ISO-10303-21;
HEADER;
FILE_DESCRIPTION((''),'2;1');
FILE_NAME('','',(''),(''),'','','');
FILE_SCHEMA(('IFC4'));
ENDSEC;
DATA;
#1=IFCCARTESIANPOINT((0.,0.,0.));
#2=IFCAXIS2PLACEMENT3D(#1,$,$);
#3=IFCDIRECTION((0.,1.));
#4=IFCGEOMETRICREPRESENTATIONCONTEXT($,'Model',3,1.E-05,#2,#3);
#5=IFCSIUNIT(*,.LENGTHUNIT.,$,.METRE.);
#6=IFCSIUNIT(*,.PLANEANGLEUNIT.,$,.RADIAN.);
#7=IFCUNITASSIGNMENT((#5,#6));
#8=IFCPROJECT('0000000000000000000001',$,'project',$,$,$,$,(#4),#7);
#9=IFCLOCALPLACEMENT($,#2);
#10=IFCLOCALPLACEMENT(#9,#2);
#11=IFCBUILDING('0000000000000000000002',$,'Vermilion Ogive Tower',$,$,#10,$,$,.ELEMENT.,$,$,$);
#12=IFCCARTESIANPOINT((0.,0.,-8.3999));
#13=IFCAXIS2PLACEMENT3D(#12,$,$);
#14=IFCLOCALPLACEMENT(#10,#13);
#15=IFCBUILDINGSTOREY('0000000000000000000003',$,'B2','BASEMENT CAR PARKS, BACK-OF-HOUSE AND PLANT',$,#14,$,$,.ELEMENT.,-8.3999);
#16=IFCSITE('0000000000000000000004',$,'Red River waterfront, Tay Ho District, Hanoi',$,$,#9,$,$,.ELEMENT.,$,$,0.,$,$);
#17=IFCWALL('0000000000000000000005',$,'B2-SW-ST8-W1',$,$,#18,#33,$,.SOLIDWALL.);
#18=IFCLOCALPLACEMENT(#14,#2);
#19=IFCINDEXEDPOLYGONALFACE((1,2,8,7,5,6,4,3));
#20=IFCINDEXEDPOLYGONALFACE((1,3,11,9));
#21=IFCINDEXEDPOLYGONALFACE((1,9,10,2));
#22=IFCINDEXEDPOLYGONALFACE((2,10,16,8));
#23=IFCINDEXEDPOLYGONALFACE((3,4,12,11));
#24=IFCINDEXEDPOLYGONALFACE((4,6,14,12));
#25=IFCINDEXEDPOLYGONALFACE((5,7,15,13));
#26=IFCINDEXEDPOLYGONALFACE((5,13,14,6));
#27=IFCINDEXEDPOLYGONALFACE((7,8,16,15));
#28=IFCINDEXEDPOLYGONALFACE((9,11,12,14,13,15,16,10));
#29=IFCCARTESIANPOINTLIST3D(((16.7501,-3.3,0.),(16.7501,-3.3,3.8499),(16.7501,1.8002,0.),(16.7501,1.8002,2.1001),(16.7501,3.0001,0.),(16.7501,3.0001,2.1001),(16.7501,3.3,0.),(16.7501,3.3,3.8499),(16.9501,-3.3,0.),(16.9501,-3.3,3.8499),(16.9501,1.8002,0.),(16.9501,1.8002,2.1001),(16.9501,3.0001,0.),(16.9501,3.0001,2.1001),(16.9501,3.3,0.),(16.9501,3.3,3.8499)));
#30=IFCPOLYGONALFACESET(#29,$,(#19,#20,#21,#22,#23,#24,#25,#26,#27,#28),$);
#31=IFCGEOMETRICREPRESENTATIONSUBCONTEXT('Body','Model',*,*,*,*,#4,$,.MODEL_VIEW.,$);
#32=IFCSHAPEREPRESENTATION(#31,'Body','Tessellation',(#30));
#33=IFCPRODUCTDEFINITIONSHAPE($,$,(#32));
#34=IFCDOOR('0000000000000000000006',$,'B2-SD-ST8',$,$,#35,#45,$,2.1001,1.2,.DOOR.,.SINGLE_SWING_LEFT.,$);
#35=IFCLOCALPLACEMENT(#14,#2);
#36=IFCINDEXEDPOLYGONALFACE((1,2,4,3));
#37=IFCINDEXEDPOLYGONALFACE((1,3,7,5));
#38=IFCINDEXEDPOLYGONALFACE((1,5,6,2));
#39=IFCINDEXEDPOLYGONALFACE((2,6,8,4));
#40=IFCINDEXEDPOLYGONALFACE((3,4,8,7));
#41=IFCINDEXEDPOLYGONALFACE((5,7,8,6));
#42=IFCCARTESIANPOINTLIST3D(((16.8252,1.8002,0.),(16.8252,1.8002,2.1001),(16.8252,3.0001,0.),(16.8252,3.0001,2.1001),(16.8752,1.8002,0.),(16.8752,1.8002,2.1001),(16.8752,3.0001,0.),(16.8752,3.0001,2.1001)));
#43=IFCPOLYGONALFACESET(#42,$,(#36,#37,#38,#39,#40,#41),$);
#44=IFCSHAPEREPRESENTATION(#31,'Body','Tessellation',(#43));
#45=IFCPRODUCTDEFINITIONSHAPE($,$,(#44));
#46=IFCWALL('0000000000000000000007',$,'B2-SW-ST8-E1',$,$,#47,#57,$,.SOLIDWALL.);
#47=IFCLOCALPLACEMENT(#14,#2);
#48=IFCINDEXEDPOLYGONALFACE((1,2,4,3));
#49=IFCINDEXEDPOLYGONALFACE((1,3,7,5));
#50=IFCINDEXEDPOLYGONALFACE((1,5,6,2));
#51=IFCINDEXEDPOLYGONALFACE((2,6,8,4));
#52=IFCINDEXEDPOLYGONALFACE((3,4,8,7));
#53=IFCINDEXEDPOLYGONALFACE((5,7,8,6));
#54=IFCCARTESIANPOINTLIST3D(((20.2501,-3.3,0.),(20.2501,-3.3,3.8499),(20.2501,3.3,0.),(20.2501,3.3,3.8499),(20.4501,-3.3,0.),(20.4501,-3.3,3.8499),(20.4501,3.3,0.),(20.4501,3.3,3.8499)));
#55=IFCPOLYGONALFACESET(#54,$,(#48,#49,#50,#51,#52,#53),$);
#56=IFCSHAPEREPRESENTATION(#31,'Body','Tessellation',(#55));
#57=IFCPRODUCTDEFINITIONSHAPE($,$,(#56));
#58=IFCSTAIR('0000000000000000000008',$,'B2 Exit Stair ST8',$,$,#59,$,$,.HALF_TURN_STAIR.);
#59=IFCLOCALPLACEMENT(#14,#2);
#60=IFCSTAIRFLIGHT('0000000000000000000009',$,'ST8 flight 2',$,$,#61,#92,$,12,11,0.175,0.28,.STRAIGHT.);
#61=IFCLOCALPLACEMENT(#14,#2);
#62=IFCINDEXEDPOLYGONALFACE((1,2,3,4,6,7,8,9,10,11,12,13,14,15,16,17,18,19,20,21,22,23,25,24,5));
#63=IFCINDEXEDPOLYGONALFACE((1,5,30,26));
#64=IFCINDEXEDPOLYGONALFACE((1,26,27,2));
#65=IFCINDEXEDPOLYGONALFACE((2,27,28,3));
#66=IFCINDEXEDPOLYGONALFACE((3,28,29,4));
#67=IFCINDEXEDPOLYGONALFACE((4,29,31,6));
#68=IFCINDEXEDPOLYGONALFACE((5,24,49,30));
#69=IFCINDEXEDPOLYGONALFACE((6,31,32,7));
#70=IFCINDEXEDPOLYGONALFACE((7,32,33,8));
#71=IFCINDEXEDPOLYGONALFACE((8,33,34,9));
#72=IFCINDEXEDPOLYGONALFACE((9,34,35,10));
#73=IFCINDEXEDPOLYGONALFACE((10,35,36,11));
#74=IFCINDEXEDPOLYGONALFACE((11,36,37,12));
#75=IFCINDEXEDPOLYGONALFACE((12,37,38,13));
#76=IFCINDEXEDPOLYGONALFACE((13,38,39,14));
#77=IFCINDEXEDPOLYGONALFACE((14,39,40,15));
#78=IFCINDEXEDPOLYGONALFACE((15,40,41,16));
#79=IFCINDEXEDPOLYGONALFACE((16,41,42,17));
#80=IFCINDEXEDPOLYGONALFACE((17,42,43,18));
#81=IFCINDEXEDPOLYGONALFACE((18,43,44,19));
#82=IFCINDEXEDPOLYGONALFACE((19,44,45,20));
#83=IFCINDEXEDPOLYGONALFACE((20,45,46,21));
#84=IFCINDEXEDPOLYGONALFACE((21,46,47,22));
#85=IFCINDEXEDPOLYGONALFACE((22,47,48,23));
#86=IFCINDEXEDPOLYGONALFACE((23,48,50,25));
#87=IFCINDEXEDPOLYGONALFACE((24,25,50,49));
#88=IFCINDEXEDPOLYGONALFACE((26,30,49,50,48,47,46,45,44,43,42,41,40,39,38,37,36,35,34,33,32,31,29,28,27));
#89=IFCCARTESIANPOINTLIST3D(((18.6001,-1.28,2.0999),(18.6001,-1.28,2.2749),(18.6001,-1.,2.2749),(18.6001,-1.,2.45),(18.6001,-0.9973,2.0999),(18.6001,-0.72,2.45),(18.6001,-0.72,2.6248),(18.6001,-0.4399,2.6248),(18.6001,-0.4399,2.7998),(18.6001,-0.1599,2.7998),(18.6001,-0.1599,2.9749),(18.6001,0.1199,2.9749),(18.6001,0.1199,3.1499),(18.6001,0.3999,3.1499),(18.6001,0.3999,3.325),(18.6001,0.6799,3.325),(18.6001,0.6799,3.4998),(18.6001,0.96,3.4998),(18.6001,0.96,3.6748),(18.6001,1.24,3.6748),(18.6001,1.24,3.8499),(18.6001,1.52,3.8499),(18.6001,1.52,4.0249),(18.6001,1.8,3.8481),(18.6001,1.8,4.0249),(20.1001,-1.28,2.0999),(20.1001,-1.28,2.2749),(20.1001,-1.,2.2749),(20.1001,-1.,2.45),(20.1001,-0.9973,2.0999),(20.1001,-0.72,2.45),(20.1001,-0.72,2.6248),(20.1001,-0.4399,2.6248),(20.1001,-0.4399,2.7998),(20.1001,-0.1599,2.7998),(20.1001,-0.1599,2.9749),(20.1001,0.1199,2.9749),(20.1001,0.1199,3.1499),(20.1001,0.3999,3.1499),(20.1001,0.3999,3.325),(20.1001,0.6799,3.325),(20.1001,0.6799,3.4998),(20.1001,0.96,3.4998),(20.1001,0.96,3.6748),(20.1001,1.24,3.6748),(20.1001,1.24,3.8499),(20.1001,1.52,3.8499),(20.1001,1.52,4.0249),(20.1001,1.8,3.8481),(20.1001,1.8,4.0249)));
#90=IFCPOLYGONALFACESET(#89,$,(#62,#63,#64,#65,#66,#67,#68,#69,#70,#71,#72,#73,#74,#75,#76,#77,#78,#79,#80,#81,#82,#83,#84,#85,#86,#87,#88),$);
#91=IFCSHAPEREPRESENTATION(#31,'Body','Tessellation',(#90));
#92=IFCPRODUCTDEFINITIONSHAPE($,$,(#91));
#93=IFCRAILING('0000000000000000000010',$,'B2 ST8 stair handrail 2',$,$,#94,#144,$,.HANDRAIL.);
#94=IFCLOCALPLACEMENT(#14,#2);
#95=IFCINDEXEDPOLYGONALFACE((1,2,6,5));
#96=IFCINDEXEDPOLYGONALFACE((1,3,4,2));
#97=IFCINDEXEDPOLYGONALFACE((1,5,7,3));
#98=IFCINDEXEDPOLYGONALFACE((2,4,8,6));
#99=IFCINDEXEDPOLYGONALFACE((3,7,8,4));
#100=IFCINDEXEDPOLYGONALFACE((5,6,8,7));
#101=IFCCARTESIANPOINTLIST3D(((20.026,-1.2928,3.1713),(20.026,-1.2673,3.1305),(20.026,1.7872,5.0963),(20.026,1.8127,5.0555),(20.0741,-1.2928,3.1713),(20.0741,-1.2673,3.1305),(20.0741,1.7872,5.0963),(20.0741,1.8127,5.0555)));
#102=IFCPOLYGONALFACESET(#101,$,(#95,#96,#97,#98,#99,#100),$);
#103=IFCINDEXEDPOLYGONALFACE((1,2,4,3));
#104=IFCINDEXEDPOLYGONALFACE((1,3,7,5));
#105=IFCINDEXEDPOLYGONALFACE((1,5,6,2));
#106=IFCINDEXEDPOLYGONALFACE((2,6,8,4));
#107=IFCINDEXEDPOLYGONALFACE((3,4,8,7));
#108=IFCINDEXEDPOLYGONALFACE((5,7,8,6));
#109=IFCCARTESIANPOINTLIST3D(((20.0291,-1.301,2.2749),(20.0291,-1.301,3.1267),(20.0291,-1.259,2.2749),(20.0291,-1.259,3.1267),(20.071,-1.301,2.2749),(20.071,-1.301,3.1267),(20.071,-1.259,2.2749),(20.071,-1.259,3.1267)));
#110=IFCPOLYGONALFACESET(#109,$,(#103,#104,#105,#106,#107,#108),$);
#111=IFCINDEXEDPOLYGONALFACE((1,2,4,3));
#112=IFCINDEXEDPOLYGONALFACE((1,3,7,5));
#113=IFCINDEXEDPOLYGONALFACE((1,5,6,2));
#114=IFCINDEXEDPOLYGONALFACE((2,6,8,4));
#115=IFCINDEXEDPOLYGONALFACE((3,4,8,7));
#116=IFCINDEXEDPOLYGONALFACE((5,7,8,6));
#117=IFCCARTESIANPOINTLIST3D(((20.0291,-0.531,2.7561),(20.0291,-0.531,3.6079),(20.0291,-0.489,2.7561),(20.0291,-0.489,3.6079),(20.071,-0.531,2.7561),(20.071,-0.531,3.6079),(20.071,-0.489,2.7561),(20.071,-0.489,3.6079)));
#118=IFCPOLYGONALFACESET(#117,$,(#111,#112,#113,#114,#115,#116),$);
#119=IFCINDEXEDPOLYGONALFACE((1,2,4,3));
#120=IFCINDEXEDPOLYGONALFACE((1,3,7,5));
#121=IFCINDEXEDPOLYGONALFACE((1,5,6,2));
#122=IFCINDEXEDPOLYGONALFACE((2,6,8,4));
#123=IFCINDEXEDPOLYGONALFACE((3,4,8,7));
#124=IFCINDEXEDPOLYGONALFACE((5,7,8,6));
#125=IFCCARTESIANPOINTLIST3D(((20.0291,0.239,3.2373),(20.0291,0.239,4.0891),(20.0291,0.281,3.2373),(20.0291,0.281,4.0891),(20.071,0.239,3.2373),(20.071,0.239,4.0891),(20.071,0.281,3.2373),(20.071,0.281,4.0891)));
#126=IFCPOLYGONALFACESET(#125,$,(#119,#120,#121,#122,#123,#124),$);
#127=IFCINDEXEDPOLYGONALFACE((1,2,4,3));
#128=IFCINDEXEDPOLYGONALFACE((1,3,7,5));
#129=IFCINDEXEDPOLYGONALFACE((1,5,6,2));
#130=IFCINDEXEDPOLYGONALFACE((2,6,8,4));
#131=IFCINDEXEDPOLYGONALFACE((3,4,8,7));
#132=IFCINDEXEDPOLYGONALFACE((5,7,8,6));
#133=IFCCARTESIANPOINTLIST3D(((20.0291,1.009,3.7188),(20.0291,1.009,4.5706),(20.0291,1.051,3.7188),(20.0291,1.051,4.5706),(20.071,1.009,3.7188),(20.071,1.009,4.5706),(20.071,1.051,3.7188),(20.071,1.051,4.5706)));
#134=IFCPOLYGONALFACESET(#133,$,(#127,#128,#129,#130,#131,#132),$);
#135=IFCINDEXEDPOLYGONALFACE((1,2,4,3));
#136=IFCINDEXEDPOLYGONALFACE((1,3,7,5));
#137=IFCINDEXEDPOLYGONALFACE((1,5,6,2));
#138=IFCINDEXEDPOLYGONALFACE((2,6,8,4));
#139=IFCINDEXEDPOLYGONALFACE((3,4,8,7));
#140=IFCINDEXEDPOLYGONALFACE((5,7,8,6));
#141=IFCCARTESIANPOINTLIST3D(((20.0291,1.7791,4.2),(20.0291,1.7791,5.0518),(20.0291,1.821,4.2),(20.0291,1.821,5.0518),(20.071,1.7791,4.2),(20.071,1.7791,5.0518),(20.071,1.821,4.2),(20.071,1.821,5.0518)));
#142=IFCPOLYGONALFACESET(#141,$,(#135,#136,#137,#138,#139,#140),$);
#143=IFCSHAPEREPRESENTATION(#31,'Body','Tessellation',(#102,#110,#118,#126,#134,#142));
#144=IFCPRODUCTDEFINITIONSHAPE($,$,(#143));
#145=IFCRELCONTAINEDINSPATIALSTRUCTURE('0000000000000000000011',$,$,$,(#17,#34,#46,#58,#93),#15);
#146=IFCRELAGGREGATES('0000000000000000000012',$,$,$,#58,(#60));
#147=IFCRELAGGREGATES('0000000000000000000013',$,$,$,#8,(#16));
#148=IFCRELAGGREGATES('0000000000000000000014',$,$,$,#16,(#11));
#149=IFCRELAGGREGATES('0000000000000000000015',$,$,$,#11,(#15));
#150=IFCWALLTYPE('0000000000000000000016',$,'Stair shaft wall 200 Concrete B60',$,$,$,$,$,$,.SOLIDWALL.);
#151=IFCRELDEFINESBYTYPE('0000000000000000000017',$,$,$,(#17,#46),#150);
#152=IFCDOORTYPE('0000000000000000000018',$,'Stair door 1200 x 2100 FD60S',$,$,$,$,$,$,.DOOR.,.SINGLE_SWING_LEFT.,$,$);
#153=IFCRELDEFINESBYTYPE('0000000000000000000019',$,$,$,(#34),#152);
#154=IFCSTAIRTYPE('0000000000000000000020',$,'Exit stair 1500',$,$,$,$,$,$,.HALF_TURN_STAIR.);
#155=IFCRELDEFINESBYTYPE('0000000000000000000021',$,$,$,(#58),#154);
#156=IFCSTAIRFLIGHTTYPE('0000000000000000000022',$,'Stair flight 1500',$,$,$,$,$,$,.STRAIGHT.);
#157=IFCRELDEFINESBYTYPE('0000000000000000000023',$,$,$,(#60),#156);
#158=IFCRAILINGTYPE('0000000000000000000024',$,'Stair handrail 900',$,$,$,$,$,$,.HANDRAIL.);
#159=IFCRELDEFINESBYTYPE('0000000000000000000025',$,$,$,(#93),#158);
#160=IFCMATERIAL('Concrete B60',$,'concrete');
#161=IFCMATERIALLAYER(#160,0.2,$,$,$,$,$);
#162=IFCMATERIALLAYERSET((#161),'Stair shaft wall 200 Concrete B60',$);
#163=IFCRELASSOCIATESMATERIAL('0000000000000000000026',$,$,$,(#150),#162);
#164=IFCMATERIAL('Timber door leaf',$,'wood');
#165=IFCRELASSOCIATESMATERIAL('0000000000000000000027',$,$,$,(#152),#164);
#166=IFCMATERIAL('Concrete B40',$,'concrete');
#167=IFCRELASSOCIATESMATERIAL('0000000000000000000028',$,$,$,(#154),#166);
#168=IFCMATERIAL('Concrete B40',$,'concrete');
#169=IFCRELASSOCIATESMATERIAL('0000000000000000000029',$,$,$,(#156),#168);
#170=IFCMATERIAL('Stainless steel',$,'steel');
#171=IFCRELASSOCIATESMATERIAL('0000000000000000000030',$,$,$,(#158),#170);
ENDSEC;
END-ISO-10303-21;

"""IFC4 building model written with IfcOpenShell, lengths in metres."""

from ifc_helpers import new_model, si_unit, direction, frame, frame_2d, origin, origin_2d, place, context, subcontext, project, spatial, polyline, rectangle, outline, extrude, material, layer, layer_set, type_object, element, fill, aggregate, save


model = new_model("IFC4")

# Units and contexts
model_context = context("Model", 3, precision=1e-05, world=origin(), true_north=direction((0.0, 1.0)))
body_context = subcontext(model_context, "Body", "Model", "MODEL_VIEW")
ifc_project = project(units=[si_unit("LENGTHUNIT", "METRE"), si_unit("PLANEANGLEUNIT", "RADIAN")], contexts=[model_context])

# Site, building, storey
site_placement = place(None, origin())
site = spatial("IfcSite", under=ifc_project, at=site_placement, Name="Red River waterfront, Tay Ho District, Hanoi", CompositionType="ELEMENT", RefElevation=0.0)
building_placement = place(site_placement, origin())
building = spatial("IfcBuilding", under=site, at=building_placement, Name="Vermilion Ogive Tower", CompositionType="ELEMENT")
storey_placement = place(building_placement, frame((0.0, 0.0, -8.3999)))
storey = spatial("IfcBuildingStorey", under=building, at=storey_placement, Name="B2", Description="BASEMENT CAR PARKS, BACK-OF-HOUSE AND PLANT", CompositionType="ELEMENT", Elevation=-8.3999)

# Shared definitions
ifc_material_1 = material(Name="Concrete B60", Category="concrete")
ifc_layer_1 = layer(ifc_material_1, 0.2)
ifc_layer_set_1 = layer_set([ifc_layer_1], Name="Stair shaft wall 200 Concrete B60")
wall_type_1 = type_object("IfcWallType", Name="Stair shaft wall 200 Concrete B60", PredefinedType="SOLIDWALL", material=ifc_layer_set_1)

# Wall, opening, door
wall_1_placement = place(storey_placement, frame((16.8501, -3.3, 0.0), z_axis=(0.0, 0.0, 1.0), x_axis=(0.0, 1.0, 0.0)))
wall_1 = element("IfcWall", 1, at=wall_1_placement, inside=storey, type_object=wall_type_1, Name="B2-SW-ST8-W1", PredefinedType="SOLIDWALL", context=body_context, shape_type="SweptSolid", body=[
    extrude(rectangle(XDim=6.6001, YDim=0.2, at=frame_2d((3.3, 0.0))), origin(), (0.0, 0.0, 1.0), 3.8499),
])
opening_1_placement = place(wall_1_placement, frame((5.1001, 0.0, 0.0)))
opening_1 = element("IfcOpeningElement", 2, at=opening_1_placement, cuts=wall_1, PredefinedType="OPENING", context=body_context, shape_type="SweptSolid", body=[
    extrude(rectangle(XDim=1.2, YDim=2.1001, at=frame_2d((0.6001, 1.05))), frame((0.0, 0.1099, 0.0), z_axis=(0.0, -1.0, 0.0), x_axis=(1.0, 0.0, 0.0)), (0.0, 0.0, 1.0), 0.22),
])
ifc_material_2 = material(Name="Timber door leaf", Category="wood")
door_type_1 = type_object("IfcDoorType", Name="Stair door 1200 x 2100 FD60S", OperationType="SINGLE_SWING_LEFT", PredefinedType="DOOR", material=ifc_material_2)
door_1_placement = place(opening_1_placement, origin())
door_1 = element("IfcDoor", 3, at=door_1_placement, inside=storey, type_object=door_type_1, Name="B2-SD-ST8", OperationType="SINGLE_SWING_LEFT", OverallHeight=2.1001, OverallWidth=1.2, PredefinedType="DOOR", context=body_context, shape_type="SweptSolid", body=[
    extrude(rectangle(XDim=1.2, YDim=2.1001, at=frame_2d((0.6001, 1.05))), frame((0.0, 0.0249, 0.0), z_axis=(0.0, -1.0, 0.0), x_axis=(1.0, 0.0, 0.0)), (0.0, 0.0, 1.0), 0.05),
])
fill(opening_1, door_1)

# Wall
wall_2_placement = place(storey_placement, frame((20.3501, -3.3, 0.0), z_axis=(0.0, 0.0, 1.0), x_axis=(0.0, 1.0, 0.0)))
element("IfcWall", 4, at=wall_2_placement, inside=storey, type_object=wall_type_1, Name="B2-SW-ST8-E1", PredefinedType="SOLIDWALL", context=body_context, shape_type="SweptSolid", body=[
    extrude(rectangle(XDim=6.6001, YDim=0.2, at=frame_2d((3.3, 0.0))), origin(), (0.0, 0.0, 1.0), 3.8499),
])

# Stair, stair flight
ifc_material_3 = material(Name="Concrete B40", Category="concrete")
stair_type = type_object("IfcStairType", Name="Exit stair 1500", PredefinedType="HALF_TURN_STAIR", material=ifc_material_3)
stair_placement = place(storey_placement, origin())
stair = element("IfcStair", 5, at=stair_placement, inside=storey, type_object=stair_type, Name="B2 Exit Stair ST8", PredefinedType="HALF_TURN_STAIR")
ifc_material_4 = material(Name="Concrete B40", Category="concrete")
stair_flight_type = type_object("IfcStairFlightType", Name="Stair flight 1500", PredefinedType="STRAIGHT", material=ifc_material_4)
stair_flight_placement = place(storey_placement, frame((19.3501, -1.28, 2.0999), z_axis=(0.0, 0.0, 1.0), x_axis=(0.0, 1.0, 0.0)))
stair_flight = element("IfcStairFlight", 6, at=stair_flight_placement, type_object=stair_flight_type, Name="ST8 flight 2", NumberOfRisers=12, NumberOfTreads=11, PredefinedType="STRAIGHT", RiserHeight=0.175, TreadLength=0.28, context=body_context, shape_type="SweptSolid", body=[
    extrude(outline(polyline([(0.0, 0.0), (0.0, 0.175), (0.28, 0.175), (0.28, 0.3501), (0.5601, 0.3501), (0.5601, 0.5249), (0.8401, 0.5249), (0.8401, 0.7), (1.1201, 0.7), (1.1201, 0.875), (1.3999, 0.875), (1.3999, 1.05), (1.6799, 1.05), (1.6799, 1.2251), (1.96, 1.2251), (1.96, 1.3999), (2.24, 1.3999), (2.24, 1.575), (2.52, 1.575), (2.52, 1.75), (2.8, 1.75), (2.8, 1.925), (3.0801, 1.925), (3.0801, 2.1001), (3.0801, 1.7483), (0.2827, 0.0), (0.0, 0.0)])), frame((0.0, 0.75, 0.0), z_axis=(0.0, -1.0, 0.0), x_axis=(1.0, 0.0, 0.0)), (0.0, 0.0, 1.0), 1.5),
])
aggregate(stair, [stair_flight])

# Railing
ifc_material_5 = material(Name="Stainless steel", Category="steel")
railing_type = type_object("IfcRailingType", Name="Stair handrail 900", PredefinedType="HANDRAIL", material=ifc_material_5)
railing_placement = place(storey_placement, frame((20.05, -1.28, 2.2749)))
element("IfcRailing", 7, at=railing_placement, inside=storey, type_object=railing_type, Name="B2 ST8 stair handrail 2", PredefinedType="HANDRAIL", context=body_context, shape_type="SweptSolid", body=[
    extrude(rectangle(XDim=0.0481, YDim=0.0481, at=origin_2d()), frame((0.0, 0.0, 0.876), z_axis=(0.0, 0.847998, 0.529999), x_axis=(-1.0, 0.0, 0.0)), (0.0, 0.0, 1.0), 3.6321),
    extrude(rectangle(XDim=0.042, YDim=0.042, at=origin_2d()), origin(), (0.0, 0.0, 1.0), 0.8518),
    extrude(rectangle(XDim=0.042, YDim=0.042, at=origin_2d()), frame((0.0, 0.77, 0.4812)), (0.0, 0.0, 1.0), 0.8518),
    extrude(rectangle(XDim=0.042, YDim=0.042, at=origin_2d()), frame((0.0, 1.54, 0.9624)), (0.0, 0.0, 1.0), 0.8518),
    extrude(rectangle(XDim=0.042, YDim=0.042, at=origin_2d()), frame((0.0, 2.3101, 1.4438)), (0.0, 0.0, 1.0), 0.8518),
    extrude(rectangle(XDim=0.042, YDim=0.042, at=origin_2d()), frame((0.0, 3.0801, 1.925)), (0.0, 0.0, 1.0), 0.8518),
])

save(model, "model.ifc")
